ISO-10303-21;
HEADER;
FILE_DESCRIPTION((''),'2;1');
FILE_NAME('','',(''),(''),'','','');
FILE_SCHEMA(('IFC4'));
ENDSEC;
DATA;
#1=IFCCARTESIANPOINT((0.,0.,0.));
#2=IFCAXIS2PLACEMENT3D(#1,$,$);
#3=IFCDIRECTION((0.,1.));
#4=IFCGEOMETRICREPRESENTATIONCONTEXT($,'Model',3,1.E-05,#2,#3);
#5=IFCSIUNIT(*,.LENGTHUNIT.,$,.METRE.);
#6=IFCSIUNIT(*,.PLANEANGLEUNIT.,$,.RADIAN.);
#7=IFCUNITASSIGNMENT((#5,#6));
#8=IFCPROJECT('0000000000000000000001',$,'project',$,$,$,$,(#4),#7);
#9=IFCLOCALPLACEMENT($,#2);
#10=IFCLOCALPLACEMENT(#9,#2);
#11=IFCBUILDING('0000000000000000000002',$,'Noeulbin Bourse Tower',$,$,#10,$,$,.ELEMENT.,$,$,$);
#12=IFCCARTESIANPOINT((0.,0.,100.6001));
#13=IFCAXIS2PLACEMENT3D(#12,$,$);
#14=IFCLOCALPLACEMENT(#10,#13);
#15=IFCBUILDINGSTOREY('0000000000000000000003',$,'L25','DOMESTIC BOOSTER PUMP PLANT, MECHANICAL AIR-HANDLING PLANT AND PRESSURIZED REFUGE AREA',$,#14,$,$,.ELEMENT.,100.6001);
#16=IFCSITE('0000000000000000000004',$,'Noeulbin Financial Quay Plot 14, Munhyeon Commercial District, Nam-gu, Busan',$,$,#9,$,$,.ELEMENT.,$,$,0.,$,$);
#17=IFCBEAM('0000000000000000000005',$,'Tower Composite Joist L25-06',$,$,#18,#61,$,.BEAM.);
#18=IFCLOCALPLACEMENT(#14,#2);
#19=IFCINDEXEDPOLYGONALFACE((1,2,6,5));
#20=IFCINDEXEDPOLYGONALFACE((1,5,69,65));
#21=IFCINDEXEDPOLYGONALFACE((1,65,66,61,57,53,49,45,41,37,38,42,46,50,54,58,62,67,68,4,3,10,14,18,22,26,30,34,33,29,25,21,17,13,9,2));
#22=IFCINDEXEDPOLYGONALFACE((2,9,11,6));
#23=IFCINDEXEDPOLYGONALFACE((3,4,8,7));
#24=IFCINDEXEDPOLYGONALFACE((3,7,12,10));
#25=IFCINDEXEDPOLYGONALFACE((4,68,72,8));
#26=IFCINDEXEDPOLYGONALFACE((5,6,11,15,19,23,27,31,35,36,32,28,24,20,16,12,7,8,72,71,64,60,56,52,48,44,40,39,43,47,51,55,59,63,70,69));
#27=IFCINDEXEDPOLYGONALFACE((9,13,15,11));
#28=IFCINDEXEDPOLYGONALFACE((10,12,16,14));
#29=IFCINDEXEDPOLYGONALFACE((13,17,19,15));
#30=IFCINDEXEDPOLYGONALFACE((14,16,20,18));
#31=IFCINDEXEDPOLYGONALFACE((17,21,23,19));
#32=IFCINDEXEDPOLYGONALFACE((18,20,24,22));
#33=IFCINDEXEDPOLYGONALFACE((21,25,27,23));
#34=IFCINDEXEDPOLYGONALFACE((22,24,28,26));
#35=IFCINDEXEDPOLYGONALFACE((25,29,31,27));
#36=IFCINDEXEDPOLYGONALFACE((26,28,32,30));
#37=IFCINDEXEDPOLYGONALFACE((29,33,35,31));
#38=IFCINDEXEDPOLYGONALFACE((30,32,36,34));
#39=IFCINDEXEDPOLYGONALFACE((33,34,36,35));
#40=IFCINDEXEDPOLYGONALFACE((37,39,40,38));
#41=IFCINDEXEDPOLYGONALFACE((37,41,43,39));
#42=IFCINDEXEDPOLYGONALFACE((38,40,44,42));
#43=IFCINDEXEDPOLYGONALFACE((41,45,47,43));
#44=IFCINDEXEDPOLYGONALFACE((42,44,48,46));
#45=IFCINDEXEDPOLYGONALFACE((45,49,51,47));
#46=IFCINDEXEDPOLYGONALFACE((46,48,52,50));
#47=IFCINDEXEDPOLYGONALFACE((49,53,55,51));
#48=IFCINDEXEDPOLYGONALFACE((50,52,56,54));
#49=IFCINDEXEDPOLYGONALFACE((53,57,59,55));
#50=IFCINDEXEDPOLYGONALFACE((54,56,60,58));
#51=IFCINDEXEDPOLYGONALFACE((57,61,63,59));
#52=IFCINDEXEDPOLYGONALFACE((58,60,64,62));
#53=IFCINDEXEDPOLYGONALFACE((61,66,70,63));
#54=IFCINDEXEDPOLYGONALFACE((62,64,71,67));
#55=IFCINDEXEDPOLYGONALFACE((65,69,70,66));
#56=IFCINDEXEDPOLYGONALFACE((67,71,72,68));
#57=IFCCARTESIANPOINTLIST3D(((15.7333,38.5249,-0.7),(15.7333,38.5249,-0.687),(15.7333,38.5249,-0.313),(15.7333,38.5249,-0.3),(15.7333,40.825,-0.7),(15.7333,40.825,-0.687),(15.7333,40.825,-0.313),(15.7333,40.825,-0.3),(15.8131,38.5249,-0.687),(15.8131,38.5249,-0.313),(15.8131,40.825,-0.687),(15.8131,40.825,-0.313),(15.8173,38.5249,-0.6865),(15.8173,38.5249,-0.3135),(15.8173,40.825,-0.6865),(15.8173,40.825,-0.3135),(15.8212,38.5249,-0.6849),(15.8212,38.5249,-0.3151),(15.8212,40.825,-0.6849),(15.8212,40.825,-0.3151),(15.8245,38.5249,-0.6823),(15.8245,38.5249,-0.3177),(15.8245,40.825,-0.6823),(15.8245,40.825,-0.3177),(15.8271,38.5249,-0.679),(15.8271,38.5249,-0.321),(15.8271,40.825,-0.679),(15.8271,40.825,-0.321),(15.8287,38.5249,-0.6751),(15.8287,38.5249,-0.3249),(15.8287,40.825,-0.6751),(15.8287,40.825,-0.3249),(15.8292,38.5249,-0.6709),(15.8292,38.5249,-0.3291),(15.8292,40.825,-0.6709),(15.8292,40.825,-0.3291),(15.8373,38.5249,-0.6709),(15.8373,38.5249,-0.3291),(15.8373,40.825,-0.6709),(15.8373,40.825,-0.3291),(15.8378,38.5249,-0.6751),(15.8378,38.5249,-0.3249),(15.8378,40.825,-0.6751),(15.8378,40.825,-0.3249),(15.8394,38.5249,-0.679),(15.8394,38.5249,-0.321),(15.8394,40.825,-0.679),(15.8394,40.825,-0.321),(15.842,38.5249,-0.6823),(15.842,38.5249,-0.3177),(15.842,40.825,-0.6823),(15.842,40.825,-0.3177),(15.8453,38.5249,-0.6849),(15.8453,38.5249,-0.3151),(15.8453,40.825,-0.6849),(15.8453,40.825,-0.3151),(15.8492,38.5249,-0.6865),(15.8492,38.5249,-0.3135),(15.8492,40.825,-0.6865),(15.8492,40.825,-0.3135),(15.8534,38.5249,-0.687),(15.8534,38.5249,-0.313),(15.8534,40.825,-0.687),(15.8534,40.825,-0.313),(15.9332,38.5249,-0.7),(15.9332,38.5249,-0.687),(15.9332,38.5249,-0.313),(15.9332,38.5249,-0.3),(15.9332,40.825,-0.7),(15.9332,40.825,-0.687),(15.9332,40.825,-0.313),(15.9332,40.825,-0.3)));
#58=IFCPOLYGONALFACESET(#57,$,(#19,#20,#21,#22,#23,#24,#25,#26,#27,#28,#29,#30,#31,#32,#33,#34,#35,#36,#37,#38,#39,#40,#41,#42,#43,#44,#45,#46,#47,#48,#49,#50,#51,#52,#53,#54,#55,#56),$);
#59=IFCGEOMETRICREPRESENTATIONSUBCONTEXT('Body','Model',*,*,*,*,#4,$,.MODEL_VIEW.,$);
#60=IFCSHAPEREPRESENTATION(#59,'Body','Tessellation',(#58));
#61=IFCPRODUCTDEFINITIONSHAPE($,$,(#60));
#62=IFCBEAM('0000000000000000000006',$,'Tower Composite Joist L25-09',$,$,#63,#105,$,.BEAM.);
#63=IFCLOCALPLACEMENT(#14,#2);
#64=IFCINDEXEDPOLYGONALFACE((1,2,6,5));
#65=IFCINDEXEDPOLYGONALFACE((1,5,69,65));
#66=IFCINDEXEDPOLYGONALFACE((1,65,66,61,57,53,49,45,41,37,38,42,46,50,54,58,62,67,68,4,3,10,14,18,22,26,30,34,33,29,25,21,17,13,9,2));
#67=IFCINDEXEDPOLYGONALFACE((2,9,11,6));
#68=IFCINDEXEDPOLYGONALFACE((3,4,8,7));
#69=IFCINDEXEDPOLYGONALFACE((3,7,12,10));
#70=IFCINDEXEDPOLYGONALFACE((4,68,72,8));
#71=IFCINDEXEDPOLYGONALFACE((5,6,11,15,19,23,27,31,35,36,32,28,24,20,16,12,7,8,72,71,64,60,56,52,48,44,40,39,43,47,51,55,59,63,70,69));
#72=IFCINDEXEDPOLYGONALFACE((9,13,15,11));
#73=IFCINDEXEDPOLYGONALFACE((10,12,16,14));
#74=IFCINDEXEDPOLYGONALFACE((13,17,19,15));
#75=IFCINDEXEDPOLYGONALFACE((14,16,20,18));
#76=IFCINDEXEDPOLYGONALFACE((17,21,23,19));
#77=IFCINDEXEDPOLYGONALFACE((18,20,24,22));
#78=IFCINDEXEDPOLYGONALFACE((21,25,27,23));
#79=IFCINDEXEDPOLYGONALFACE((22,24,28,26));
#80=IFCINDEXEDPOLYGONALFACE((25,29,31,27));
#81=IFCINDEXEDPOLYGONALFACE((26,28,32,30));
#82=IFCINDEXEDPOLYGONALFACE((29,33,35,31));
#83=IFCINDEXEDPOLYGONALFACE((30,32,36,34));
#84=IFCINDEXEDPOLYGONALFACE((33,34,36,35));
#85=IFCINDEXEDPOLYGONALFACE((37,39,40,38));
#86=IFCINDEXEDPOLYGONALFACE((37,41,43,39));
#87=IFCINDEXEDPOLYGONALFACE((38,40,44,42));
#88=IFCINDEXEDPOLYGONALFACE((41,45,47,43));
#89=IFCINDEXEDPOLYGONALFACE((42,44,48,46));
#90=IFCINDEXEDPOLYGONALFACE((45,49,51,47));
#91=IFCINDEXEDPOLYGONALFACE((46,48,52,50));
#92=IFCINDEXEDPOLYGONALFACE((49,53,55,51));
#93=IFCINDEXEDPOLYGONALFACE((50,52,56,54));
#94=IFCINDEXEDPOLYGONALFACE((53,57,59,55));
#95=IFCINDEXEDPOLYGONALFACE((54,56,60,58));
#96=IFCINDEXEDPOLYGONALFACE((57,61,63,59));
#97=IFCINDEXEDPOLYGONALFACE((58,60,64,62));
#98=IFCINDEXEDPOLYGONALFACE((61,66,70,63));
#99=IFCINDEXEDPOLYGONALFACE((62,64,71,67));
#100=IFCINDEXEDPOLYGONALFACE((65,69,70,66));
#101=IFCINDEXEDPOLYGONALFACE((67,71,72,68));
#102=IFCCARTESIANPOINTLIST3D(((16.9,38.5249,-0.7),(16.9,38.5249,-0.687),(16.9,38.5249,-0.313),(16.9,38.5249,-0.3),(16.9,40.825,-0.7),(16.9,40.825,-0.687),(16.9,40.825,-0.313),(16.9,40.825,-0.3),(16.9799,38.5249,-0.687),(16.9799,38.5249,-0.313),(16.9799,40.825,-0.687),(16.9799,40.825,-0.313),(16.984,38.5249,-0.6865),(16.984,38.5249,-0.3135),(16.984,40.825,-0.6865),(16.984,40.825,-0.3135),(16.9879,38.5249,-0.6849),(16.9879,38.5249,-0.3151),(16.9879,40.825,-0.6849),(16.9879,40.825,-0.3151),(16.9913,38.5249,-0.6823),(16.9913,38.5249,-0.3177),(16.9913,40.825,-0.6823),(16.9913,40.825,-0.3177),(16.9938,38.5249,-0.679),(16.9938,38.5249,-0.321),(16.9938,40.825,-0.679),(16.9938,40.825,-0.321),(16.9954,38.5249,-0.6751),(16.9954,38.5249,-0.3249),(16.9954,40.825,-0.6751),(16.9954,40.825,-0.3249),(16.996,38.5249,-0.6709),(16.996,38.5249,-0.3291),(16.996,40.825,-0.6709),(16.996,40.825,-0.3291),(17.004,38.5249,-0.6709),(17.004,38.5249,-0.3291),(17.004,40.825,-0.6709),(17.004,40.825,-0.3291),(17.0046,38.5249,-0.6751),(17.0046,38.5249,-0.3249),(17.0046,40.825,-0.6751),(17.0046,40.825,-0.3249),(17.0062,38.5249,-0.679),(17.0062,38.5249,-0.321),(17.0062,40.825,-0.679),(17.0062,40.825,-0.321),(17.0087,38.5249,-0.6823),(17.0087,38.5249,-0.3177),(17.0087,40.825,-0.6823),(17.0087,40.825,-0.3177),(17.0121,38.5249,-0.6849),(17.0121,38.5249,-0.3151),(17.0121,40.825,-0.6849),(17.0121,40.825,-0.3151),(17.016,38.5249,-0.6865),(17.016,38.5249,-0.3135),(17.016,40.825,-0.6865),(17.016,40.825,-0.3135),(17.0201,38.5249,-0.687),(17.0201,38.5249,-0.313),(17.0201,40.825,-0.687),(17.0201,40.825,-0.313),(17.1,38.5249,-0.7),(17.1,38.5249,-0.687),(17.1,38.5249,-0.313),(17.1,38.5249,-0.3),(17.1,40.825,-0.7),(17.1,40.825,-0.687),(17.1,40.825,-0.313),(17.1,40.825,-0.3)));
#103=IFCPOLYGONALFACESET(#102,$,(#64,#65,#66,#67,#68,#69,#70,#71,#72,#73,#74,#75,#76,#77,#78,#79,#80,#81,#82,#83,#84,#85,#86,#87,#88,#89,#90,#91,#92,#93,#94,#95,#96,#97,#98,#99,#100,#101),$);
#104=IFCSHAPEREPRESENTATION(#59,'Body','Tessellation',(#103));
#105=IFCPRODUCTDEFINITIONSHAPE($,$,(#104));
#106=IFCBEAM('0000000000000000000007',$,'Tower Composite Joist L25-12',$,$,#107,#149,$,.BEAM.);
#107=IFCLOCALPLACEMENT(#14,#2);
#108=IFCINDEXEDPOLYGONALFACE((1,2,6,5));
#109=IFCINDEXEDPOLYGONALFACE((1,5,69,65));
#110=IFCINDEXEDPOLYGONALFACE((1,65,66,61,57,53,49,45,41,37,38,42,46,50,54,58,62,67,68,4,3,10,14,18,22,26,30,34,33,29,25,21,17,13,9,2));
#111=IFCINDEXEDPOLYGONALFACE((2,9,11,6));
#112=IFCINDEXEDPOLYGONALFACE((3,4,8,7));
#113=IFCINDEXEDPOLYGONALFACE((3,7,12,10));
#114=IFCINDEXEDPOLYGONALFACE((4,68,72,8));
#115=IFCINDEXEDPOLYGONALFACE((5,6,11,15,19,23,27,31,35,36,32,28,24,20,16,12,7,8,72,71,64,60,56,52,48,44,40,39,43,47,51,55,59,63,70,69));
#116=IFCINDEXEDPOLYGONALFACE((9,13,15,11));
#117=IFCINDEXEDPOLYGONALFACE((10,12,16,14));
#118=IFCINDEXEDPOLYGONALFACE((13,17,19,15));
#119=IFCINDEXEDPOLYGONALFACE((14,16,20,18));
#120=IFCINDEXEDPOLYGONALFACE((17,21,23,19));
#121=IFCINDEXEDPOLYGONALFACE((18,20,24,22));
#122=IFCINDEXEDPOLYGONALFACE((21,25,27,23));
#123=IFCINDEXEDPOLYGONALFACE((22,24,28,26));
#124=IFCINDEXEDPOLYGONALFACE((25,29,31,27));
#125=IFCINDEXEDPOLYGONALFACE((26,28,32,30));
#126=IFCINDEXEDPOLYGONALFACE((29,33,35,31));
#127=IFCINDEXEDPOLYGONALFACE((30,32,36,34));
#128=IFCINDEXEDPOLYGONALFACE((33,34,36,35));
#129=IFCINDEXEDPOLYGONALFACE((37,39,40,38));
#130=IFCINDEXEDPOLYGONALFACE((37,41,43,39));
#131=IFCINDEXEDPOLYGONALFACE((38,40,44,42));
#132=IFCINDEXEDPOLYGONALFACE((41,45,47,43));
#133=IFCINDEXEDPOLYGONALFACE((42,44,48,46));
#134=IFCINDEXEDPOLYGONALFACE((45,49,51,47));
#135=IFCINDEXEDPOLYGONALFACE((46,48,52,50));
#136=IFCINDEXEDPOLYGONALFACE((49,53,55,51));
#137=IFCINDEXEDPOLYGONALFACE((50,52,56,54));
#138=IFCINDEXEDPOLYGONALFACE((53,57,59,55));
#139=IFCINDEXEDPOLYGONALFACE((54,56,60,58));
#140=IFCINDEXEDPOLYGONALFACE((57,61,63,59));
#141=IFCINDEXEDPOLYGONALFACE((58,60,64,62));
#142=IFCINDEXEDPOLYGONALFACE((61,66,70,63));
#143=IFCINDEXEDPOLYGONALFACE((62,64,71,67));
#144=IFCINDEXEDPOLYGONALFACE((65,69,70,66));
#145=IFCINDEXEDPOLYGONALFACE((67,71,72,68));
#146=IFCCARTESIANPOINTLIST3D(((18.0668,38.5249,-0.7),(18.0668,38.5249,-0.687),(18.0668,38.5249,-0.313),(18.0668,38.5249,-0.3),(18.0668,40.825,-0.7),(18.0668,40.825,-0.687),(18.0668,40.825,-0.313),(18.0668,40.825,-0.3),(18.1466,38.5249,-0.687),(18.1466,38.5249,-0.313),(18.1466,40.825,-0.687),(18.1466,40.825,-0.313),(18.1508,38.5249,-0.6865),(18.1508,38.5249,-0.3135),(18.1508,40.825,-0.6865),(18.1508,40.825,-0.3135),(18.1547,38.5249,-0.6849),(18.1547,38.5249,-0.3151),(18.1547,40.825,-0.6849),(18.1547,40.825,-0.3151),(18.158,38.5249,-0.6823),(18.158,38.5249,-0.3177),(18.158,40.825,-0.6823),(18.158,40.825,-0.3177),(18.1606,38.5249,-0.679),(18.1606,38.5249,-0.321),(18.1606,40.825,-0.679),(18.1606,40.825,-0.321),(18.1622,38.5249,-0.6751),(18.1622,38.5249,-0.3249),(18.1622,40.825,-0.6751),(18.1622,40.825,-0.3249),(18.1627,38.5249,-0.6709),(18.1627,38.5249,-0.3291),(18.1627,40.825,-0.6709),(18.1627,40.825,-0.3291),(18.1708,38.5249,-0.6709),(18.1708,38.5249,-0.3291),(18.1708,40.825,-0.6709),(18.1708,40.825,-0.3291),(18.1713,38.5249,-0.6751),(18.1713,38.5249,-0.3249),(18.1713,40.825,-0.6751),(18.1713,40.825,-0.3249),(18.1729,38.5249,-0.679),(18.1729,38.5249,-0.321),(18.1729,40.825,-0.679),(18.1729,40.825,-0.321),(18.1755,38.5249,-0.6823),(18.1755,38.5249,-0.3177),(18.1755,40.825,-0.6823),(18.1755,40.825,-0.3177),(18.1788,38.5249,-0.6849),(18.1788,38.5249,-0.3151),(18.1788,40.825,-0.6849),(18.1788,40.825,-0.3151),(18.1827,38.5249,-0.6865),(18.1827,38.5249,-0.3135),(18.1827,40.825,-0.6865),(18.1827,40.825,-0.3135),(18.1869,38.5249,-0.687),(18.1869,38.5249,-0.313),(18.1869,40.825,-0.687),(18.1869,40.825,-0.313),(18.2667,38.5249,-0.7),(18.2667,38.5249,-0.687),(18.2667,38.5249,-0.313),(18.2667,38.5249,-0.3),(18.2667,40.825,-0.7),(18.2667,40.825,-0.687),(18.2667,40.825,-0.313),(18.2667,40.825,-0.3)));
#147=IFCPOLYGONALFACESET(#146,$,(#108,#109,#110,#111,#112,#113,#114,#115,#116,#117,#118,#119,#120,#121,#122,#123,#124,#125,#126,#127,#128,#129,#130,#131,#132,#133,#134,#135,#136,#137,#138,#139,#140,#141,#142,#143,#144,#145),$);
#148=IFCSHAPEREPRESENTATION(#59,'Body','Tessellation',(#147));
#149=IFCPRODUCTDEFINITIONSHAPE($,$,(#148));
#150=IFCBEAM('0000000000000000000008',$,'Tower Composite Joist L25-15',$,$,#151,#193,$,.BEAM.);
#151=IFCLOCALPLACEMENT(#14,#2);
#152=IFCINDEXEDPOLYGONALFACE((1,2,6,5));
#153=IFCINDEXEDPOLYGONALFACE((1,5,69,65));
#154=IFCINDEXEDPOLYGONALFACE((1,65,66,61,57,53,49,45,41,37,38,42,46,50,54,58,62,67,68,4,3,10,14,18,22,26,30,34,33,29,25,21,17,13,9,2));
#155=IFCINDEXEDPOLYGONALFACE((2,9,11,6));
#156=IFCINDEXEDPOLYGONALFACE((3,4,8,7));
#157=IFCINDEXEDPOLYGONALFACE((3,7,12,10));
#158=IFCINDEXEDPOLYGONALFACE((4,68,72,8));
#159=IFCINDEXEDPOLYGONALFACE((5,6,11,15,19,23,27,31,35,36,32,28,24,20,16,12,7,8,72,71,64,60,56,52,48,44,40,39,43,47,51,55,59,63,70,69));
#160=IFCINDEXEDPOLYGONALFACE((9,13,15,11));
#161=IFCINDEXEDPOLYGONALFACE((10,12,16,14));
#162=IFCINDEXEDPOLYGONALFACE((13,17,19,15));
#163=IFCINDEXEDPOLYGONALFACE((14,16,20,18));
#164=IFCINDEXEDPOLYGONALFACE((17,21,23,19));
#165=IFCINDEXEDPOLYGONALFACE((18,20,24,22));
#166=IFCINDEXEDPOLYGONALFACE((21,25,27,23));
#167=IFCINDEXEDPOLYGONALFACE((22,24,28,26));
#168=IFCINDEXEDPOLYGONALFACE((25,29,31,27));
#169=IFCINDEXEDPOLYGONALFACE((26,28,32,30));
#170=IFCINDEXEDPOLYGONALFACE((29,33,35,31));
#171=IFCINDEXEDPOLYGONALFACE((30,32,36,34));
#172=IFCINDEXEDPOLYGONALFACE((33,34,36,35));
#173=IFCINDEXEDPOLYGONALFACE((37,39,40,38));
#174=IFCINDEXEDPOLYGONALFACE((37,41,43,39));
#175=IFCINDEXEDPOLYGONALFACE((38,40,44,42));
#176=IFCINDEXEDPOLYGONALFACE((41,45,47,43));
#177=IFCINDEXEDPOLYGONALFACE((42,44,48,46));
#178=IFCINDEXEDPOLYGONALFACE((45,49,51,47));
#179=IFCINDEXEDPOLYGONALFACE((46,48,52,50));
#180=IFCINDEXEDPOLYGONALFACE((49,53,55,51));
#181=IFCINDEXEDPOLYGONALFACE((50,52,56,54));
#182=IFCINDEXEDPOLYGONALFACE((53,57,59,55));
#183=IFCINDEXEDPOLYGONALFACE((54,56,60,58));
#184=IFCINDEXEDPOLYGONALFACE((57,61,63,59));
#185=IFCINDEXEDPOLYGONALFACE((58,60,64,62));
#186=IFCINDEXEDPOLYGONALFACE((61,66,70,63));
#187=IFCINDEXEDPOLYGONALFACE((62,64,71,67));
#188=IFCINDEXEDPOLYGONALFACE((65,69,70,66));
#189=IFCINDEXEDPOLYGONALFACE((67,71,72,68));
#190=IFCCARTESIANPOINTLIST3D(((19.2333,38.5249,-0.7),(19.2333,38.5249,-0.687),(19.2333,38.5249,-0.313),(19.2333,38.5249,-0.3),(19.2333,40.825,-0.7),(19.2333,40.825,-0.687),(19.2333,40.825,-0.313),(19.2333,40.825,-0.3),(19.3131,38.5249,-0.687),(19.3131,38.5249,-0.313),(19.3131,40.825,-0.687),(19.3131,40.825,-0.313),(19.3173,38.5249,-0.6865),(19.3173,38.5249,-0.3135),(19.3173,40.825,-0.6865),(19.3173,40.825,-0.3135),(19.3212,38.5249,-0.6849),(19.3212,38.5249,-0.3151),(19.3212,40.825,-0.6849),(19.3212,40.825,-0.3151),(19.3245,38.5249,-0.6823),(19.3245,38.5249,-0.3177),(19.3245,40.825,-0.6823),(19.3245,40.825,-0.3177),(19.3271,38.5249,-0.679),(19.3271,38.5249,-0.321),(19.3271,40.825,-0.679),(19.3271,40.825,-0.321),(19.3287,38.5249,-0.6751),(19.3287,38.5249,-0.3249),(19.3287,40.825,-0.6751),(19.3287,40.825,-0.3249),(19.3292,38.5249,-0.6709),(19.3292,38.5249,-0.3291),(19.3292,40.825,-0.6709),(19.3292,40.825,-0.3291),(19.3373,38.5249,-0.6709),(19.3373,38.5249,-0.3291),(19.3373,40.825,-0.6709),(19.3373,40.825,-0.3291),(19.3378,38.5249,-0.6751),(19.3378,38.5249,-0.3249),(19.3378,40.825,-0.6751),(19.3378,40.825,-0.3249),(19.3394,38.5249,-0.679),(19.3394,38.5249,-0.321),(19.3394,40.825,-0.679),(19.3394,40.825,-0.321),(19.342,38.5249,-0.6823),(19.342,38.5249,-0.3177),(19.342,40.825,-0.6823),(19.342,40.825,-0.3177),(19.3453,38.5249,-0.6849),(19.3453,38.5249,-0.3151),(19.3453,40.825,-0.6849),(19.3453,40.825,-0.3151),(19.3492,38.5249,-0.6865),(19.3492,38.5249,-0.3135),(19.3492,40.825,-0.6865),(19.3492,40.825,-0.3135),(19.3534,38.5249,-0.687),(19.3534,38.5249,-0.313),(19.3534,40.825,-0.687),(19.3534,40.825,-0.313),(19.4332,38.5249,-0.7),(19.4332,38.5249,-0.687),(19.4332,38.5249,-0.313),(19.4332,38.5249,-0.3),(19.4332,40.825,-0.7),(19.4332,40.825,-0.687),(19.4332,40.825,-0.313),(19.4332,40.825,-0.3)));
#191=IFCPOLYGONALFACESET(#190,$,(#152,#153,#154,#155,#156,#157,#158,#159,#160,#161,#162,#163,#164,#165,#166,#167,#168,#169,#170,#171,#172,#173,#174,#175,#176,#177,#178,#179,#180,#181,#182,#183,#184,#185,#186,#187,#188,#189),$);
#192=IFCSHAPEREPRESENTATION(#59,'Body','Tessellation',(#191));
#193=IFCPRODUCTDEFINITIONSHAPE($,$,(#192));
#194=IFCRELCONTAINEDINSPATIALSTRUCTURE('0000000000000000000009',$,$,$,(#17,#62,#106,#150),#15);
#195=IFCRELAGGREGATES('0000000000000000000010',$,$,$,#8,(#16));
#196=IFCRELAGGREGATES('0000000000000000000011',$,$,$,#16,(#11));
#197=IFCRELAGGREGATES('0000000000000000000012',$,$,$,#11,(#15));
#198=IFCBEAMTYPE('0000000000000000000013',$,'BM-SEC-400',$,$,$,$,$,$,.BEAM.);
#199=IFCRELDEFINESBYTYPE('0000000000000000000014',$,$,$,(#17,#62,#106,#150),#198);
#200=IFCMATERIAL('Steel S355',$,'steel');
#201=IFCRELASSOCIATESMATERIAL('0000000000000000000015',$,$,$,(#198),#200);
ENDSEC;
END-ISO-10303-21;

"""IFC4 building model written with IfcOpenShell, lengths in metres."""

from ifc_helpers import new_model, si_unit, direction, frame, origin, origin_2d, place, context, subcontext, project, spatial, i_section, extrude, material, material_profile, profile_set, type_object, element, save


model = new_model("IFC4")

# Units and contexts
model_context = context("Model", 3, precision=1e-05, world=origin(), true_north=direction((0.0, 1.0)))
body_context = subcontext(model_context, "Body", "Model", "MODEL_VIEW")
ifc_project = project(units=[si_unit("LENGTHUNIT", "METRE"), si_unit("PLANEANGLEUNIT", "RADIAN")], contexts=[model_context])

# Site, building, storey
site_placement = place(None, origin())
site = spatial("IfcSite", under=ifc_project, at=site_placement, Name="Noeulbin Financial Quay Plot 14, Munhyeon Commercial District, Nam-gu, Busan", CompositionType="ELEMENT", RefElevation=0.0)
building_placement = place(site_placement, origin())
building = spatial("IfcBuilding", under=site, at=building_placement, Name="Noeulbin Bourse Tower", CompositionType="ELEMENT")
storey_placement = place(building_placement, frame((0.0, 0.0, 100.6001)))
storey = spatial("IfcBuildingStorey", under=building, at=storey_placement, Name="L25", Description="DOMESTIC BOOSTER PUMP PLANT, MECHANICAL AIR-HANDLING PLANT AND PRESSURIZED REFUGE AREA", CompositionType="ELEMENT", Elevation=100.6001)

# Beams
ifc_material_1 = material(Name="Steel S355", Category="steel")
ifc_material_profile_1 = material_profile(ifc_material_1, i_section(OverallWidth=0.2, OverallDepth=0.3999, WebThickness=0.0081, FlangeThickness=0.0129, FilletRadius=0.0161, at=origin_2d()), Name="H-400x200x8x13", Category="LoadBearing")
ifc_profile_set_1 = profile_set([ifc_material_profile_1], Name="Steel S355")
beam_type = type_object("IfcBeamType", Name="BM-SEC-400", PredefinedType="BEAM", material=ifc_profile_set_1)
for number, where, z_axis, x_axis, name in (
    (1, (15.8333, 38.5249, -0.5), (0.0, 1.0, 0.0), (-1.0, 0.0, 0.0), "Tower Composite Joist L25-06"),
    (2, (17.0, 38.5249, -0.5), (0.0, 1.0, 0.0), (-1.0, 0.0, 0.0), "Tower Composite Joist L25-09"),
    (3, (18.1667, 38.5249, -0.5), (0.0, 1.0, 0.0), (-1.0, 0.0, 0.0), "Tower Composite Joist L25-12"),
    (4, (19.3333, 38.5249, -0.5), (0.0, 1.0, 0.0), (-1.0, 0.0, 0.0), "Tower Composite Joist L25-15"),
):
    element("IfcBeam", number, at=place(storey_placement, frame(where, z_axis=z_axis, x_axis=x_axis)), inside=storey, type_object=beam_type, Name=name, PredefinedType="BEAM", context=body_context, shape_type="SweptSolid", body=[
        extrude(i_section(OverallWidth=0.2, OverallDepth=0.3999, WebThickness=0.0081, FlangeThickness=0.0129, FilletRadius=0.0161, at=origin_2d()), origin(), (0.0, 0.0, 1.0), 2.3),
    ])

save(model, "model.ifc")
